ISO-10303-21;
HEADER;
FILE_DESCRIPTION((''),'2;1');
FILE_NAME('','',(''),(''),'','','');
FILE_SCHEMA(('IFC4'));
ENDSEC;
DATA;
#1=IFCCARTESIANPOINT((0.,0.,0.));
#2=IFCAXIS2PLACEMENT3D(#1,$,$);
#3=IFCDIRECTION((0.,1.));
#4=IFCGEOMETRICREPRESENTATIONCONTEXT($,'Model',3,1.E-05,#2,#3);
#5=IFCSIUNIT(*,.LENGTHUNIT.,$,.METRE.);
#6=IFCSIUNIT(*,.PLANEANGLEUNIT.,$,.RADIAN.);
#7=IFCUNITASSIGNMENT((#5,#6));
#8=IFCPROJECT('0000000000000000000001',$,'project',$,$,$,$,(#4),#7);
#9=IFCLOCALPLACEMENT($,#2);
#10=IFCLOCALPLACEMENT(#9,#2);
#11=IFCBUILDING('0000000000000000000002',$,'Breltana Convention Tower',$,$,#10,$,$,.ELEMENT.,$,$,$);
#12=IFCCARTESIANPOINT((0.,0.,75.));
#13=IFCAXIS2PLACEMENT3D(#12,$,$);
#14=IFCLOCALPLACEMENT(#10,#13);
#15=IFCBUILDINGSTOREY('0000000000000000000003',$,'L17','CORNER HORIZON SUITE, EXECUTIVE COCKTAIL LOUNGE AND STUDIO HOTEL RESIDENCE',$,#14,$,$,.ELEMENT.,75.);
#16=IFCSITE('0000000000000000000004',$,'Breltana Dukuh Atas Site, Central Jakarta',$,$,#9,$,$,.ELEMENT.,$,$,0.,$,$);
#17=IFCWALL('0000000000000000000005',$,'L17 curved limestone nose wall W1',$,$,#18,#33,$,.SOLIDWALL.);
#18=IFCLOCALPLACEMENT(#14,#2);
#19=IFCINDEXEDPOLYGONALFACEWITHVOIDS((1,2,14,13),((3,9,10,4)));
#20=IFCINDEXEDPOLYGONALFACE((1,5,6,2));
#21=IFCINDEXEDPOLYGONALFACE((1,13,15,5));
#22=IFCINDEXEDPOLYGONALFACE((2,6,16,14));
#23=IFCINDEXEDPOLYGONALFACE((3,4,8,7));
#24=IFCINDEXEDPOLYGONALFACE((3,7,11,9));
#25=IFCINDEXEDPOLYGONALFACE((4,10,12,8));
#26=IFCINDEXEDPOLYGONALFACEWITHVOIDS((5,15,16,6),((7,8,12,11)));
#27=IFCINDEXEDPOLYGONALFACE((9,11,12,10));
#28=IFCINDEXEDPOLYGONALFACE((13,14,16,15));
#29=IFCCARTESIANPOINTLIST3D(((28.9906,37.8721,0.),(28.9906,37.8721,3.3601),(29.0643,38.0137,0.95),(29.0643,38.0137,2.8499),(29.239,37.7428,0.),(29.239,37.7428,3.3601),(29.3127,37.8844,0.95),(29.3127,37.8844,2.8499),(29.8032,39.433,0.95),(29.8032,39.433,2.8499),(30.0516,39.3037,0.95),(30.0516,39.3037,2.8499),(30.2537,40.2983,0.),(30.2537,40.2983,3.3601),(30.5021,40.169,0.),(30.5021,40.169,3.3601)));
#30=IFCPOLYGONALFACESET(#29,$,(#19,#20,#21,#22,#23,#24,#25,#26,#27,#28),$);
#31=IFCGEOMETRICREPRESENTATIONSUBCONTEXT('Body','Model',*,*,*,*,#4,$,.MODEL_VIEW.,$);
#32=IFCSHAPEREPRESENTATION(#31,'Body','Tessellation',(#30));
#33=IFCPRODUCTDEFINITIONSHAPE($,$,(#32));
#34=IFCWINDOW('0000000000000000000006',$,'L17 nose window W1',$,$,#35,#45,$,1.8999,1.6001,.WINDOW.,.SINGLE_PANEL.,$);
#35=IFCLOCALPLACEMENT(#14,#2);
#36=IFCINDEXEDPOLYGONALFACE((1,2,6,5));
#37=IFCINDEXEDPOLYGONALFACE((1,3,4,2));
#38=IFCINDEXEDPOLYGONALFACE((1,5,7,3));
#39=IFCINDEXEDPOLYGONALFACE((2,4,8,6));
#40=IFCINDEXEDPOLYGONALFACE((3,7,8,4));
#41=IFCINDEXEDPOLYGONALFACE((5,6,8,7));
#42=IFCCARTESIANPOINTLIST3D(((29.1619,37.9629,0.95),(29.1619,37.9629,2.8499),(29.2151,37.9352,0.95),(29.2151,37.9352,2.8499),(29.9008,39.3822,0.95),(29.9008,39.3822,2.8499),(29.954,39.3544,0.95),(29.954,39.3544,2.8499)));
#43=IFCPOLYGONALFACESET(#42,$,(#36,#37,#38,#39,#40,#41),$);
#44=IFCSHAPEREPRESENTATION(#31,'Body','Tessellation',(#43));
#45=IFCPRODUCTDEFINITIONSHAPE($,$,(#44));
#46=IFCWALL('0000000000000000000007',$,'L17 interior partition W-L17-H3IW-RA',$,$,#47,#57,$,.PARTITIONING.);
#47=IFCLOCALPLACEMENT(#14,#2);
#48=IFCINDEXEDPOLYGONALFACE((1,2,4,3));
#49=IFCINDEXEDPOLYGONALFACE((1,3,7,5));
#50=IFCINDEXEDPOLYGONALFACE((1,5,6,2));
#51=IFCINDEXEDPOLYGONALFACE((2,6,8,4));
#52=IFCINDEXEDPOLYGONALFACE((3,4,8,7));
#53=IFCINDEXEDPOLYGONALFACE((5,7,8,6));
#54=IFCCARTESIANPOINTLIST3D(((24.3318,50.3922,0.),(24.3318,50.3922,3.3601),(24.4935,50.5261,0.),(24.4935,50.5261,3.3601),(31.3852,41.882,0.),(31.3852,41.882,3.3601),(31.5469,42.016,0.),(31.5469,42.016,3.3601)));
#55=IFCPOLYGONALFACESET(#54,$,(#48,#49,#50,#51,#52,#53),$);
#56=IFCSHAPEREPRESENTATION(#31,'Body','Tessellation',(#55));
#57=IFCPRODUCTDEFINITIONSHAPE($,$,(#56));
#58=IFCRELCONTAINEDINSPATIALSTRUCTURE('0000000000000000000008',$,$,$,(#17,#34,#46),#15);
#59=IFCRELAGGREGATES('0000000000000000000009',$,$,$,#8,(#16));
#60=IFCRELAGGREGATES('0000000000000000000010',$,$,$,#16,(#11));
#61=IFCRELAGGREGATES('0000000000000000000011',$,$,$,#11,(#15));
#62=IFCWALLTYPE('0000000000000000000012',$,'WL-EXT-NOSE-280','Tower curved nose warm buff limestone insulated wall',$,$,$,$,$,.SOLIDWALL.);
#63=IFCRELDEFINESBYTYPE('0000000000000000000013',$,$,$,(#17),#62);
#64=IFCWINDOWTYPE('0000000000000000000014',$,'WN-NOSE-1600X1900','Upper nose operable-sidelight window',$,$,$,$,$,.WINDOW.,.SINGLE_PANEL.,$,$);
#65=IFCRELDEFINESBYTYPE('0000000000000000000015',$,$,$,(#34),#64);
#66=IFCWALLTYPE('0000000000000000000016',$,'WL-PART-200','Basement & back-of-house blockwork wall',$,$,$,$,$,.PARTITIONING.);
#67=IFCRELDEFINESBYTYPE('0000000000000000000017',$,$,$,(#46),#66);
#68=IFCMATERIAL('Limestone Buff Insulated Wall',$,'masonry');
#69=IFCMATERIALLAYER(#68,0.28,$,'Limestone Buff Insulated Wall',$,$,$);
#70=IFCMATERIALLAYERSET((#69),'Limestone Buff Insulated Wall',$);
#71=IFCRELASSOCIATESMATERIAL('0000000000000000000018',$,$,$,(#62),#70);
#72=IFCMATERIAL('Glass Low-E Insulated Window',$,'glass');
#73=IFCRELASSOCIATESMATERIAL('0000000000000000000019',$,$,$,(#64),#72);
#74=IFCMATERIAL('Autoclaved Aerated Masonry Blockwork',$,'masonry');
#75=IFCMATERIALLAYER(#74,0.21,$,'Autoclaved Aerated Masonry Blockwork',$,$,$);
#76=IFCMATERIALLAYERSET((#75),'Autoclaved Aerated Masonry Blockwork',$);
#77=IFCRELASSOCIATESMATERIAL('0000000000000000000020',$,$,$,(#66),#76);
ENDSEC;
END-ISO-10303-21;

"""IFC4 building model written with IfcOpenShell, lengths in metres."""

from ifc_helpers import new_model, si_unit, direction, frame, frame_2d, origin, place, context, subcontext, project, spatial, rectangle, extrude, source, transform, mapped, material, layer, layer_set, type_object, type_shapes, element, fill, save


model = new_model("IFC4")

# Units and contexts
model_context = context("Model", 3, precision=1e-05, world=origin(), true_north=direction((0.0, 1.0)))
body_context = subcontext(model_context, "Body", "Model", "MODEL_VIEW")
ifc_project = project(units=[si_unit("LENGTHUNIT", "METRE"), si_unit("PLANEANGLEUNIT", "RADIAN")], contexts=[model_context])

# Site, building, storey
site_placement = place(None, origin())
site = spatial("IfcSite", under=ifc_project, at=site_placement, Name="Breltana Dukuh Atas Site, Central Jakarta", CompositionType="ELEMENT", RefElevation=0.0)
building_placement = place(site_placement, origin())
building = spatial("IfcBuilding", under=site, at=building_placement, Name="Breltana Convention Tower", CompositionType="ELEMENT")
storey_placement = place(building_placement, frame((0.0, 0.0, 75.0)))
storey = spatial("IfcBuildingStorey", under=building, at=storey_placement, Name="L17", Description="CORNER HORIZON SUITE, EXECUTIVE COCKTAIL LOUNGE AND STUDIO HOTEL RESIDENCE", CompositionType="ELEMENT", Elevation=75.0)

# Wall, opening, window
ifc_material_1 = material(Name="Limestone Buff Insulated Wall", Category="masonry")
ifc_layer_1 = layer(ifc_material_1, 0.28, Name="Limestone Buff Insulated Wall")
ifc_layer_set_1 = layer_set([ifc_layer_1], Name="Limestone Buff Insulated Wall")
wall_type_1 = type_object("IfcWallType", Name="WL-EXT-NOSE-280", Description="Tower curved nose warm buff limestone insulated wall", PredefinedType="SOLIDWALL", material=ifc_layer_set_1)
ifc_material_2 = material(Name="Glass Low-E Insulated Window", Category="glass")
window_type = type_object("IfcWindowType", Name="WN-NOSE-1600X1900", Description="Upper nose operable-sidelight window", PartitioningType="SINGLE_PANEL", PredefinedType="WINDOW", material=ifc_material_2)
shared_shape_1 = source(origin(), body_context, "Body", "SweptSolid", [
    extrude(rectangle(XDim=1.6001, YDim=1.8999, at=frame_2d((0.8, 0.95))), frame((0.0, 0.03, 0.0), z_axis=(0.0, -1.0, 0.0), x_axis=(1.0, 0.0, 0.0)), (0.0, 0.0, 1.0), 0.0601),
])
type_shapes(window_type, [shared_shape_1])
shared_shape_2 = source(origin(), body_context, "Body", "SweptSolid", [
    extrude(rectangle(XDim=2.7354, YDim=0.28, at=frame_2d((1.3677, 0.0))), origin(), (0.0, 0.0, 1.0), 3.3601),
])
wall_1_placement = place(storey_placement, frame((30.3779, 40.2336, 0.0), z_axis=(0.0, 0.0, 1.0), x_axis=(-0.461791, -0.886989, 0.0)))
wall_1 = element("IfcWall", 1, at=wall_1_placement, inside=storey, type_object=wall_type_1, Name="L17 curved limestone nose wall W1", PredefinedType="SOLIDWALL", context=body_context, shape_type="MappedRepresentation", body=[
    mapped(shared_shape_2, transform((0.0, 0.0, 0.0), scale=1.0)),
])
opening_1_placement = place(wall_1_placement, frame((0.9756, 0.0, 0.95)))
opening_1 = element("IfcOpeningElement", 2, at=opening_1_placement, cuts=wall_1, PredefinedType="OPENING", context=body_context, shape_type="SweptSolid", body=[
    extrude(rectangle(XDim=1.6001, YDim=1.8999, at=frame_2d((0.8, 0.95))), frame((0.0, 0.1499, 0.0), z_axis=(0.0, -1.0, 0.0), x_axis=(1.0, 0.0, 0.0)), (0.0, 0.0, 1.0), 0.3),
])
window_1_placement = place(opening_1_placement, origin())
window_1 = element("IfcWindow", 3, at=window_1_placement, inside=storey, type_object=window_type, Name="L17 nose window W1", OverallHeight=1.8999, OverallWidth=1.6001, PartitioningType="SINGLE_PANEL", PredefinedType="WINDOW", context=body_context, shape_type="MappedRepresentation", body=[
    mapped(shared_shape_1, transform((0.0, 0.0, 0.0), scale=1.0)),
])
fill(opening_1, window_1)

# Wall
ifc_material_3 = material(Name="Autoclaved Aerated Masonry Blockwork", Category="masonry")
ifc_layer_2 = layer(ifc_material_3, 0.21, Name="Autoclaved Aerated Masonry Blockwork")
ifc_layer_set_2 = layer_set([ifc_layer_2], Name="Autoclaved Aerated Masonry Blockwork")
wall_type_2 = type_object("IfcWallType", Name="WL-PART-200", Description="Basement & back-of-house blockwork wall", PredefinedType="PARTITIONING", material=ifc_layer_set_2)
shared_shape_3 = source(origin(), body_context, "Body", "SweptSolid", [
    extrude(rectangle(XDim=11.0532, YDim=0.21, at=frame_2d((5.5266, 0.0))), origin(), (0.0, 0.0, 1.0), 3.3601),
])
wall_2_placement = place(storey_placement, frame((31.4661, 41.949, 0.0), z_axis=(0.0, 0.0, 1.0), x_axis=(-0.638131, 0.769928, 0.0)))
element("IfcWall", 4, at=wall_2_placement, inside=storey, type_object=wall_type_2, Name="L17 interior partition W-L17-H3IW-RA", PredefinedType="PARTITIONING", context=body_context, shape_type="MappedRepresentation", body=[
    mapped(shared_shape_3, transform((0.0, 0.0, 0.0), scale=1.0)),
])

save(model, "model.ifc")
